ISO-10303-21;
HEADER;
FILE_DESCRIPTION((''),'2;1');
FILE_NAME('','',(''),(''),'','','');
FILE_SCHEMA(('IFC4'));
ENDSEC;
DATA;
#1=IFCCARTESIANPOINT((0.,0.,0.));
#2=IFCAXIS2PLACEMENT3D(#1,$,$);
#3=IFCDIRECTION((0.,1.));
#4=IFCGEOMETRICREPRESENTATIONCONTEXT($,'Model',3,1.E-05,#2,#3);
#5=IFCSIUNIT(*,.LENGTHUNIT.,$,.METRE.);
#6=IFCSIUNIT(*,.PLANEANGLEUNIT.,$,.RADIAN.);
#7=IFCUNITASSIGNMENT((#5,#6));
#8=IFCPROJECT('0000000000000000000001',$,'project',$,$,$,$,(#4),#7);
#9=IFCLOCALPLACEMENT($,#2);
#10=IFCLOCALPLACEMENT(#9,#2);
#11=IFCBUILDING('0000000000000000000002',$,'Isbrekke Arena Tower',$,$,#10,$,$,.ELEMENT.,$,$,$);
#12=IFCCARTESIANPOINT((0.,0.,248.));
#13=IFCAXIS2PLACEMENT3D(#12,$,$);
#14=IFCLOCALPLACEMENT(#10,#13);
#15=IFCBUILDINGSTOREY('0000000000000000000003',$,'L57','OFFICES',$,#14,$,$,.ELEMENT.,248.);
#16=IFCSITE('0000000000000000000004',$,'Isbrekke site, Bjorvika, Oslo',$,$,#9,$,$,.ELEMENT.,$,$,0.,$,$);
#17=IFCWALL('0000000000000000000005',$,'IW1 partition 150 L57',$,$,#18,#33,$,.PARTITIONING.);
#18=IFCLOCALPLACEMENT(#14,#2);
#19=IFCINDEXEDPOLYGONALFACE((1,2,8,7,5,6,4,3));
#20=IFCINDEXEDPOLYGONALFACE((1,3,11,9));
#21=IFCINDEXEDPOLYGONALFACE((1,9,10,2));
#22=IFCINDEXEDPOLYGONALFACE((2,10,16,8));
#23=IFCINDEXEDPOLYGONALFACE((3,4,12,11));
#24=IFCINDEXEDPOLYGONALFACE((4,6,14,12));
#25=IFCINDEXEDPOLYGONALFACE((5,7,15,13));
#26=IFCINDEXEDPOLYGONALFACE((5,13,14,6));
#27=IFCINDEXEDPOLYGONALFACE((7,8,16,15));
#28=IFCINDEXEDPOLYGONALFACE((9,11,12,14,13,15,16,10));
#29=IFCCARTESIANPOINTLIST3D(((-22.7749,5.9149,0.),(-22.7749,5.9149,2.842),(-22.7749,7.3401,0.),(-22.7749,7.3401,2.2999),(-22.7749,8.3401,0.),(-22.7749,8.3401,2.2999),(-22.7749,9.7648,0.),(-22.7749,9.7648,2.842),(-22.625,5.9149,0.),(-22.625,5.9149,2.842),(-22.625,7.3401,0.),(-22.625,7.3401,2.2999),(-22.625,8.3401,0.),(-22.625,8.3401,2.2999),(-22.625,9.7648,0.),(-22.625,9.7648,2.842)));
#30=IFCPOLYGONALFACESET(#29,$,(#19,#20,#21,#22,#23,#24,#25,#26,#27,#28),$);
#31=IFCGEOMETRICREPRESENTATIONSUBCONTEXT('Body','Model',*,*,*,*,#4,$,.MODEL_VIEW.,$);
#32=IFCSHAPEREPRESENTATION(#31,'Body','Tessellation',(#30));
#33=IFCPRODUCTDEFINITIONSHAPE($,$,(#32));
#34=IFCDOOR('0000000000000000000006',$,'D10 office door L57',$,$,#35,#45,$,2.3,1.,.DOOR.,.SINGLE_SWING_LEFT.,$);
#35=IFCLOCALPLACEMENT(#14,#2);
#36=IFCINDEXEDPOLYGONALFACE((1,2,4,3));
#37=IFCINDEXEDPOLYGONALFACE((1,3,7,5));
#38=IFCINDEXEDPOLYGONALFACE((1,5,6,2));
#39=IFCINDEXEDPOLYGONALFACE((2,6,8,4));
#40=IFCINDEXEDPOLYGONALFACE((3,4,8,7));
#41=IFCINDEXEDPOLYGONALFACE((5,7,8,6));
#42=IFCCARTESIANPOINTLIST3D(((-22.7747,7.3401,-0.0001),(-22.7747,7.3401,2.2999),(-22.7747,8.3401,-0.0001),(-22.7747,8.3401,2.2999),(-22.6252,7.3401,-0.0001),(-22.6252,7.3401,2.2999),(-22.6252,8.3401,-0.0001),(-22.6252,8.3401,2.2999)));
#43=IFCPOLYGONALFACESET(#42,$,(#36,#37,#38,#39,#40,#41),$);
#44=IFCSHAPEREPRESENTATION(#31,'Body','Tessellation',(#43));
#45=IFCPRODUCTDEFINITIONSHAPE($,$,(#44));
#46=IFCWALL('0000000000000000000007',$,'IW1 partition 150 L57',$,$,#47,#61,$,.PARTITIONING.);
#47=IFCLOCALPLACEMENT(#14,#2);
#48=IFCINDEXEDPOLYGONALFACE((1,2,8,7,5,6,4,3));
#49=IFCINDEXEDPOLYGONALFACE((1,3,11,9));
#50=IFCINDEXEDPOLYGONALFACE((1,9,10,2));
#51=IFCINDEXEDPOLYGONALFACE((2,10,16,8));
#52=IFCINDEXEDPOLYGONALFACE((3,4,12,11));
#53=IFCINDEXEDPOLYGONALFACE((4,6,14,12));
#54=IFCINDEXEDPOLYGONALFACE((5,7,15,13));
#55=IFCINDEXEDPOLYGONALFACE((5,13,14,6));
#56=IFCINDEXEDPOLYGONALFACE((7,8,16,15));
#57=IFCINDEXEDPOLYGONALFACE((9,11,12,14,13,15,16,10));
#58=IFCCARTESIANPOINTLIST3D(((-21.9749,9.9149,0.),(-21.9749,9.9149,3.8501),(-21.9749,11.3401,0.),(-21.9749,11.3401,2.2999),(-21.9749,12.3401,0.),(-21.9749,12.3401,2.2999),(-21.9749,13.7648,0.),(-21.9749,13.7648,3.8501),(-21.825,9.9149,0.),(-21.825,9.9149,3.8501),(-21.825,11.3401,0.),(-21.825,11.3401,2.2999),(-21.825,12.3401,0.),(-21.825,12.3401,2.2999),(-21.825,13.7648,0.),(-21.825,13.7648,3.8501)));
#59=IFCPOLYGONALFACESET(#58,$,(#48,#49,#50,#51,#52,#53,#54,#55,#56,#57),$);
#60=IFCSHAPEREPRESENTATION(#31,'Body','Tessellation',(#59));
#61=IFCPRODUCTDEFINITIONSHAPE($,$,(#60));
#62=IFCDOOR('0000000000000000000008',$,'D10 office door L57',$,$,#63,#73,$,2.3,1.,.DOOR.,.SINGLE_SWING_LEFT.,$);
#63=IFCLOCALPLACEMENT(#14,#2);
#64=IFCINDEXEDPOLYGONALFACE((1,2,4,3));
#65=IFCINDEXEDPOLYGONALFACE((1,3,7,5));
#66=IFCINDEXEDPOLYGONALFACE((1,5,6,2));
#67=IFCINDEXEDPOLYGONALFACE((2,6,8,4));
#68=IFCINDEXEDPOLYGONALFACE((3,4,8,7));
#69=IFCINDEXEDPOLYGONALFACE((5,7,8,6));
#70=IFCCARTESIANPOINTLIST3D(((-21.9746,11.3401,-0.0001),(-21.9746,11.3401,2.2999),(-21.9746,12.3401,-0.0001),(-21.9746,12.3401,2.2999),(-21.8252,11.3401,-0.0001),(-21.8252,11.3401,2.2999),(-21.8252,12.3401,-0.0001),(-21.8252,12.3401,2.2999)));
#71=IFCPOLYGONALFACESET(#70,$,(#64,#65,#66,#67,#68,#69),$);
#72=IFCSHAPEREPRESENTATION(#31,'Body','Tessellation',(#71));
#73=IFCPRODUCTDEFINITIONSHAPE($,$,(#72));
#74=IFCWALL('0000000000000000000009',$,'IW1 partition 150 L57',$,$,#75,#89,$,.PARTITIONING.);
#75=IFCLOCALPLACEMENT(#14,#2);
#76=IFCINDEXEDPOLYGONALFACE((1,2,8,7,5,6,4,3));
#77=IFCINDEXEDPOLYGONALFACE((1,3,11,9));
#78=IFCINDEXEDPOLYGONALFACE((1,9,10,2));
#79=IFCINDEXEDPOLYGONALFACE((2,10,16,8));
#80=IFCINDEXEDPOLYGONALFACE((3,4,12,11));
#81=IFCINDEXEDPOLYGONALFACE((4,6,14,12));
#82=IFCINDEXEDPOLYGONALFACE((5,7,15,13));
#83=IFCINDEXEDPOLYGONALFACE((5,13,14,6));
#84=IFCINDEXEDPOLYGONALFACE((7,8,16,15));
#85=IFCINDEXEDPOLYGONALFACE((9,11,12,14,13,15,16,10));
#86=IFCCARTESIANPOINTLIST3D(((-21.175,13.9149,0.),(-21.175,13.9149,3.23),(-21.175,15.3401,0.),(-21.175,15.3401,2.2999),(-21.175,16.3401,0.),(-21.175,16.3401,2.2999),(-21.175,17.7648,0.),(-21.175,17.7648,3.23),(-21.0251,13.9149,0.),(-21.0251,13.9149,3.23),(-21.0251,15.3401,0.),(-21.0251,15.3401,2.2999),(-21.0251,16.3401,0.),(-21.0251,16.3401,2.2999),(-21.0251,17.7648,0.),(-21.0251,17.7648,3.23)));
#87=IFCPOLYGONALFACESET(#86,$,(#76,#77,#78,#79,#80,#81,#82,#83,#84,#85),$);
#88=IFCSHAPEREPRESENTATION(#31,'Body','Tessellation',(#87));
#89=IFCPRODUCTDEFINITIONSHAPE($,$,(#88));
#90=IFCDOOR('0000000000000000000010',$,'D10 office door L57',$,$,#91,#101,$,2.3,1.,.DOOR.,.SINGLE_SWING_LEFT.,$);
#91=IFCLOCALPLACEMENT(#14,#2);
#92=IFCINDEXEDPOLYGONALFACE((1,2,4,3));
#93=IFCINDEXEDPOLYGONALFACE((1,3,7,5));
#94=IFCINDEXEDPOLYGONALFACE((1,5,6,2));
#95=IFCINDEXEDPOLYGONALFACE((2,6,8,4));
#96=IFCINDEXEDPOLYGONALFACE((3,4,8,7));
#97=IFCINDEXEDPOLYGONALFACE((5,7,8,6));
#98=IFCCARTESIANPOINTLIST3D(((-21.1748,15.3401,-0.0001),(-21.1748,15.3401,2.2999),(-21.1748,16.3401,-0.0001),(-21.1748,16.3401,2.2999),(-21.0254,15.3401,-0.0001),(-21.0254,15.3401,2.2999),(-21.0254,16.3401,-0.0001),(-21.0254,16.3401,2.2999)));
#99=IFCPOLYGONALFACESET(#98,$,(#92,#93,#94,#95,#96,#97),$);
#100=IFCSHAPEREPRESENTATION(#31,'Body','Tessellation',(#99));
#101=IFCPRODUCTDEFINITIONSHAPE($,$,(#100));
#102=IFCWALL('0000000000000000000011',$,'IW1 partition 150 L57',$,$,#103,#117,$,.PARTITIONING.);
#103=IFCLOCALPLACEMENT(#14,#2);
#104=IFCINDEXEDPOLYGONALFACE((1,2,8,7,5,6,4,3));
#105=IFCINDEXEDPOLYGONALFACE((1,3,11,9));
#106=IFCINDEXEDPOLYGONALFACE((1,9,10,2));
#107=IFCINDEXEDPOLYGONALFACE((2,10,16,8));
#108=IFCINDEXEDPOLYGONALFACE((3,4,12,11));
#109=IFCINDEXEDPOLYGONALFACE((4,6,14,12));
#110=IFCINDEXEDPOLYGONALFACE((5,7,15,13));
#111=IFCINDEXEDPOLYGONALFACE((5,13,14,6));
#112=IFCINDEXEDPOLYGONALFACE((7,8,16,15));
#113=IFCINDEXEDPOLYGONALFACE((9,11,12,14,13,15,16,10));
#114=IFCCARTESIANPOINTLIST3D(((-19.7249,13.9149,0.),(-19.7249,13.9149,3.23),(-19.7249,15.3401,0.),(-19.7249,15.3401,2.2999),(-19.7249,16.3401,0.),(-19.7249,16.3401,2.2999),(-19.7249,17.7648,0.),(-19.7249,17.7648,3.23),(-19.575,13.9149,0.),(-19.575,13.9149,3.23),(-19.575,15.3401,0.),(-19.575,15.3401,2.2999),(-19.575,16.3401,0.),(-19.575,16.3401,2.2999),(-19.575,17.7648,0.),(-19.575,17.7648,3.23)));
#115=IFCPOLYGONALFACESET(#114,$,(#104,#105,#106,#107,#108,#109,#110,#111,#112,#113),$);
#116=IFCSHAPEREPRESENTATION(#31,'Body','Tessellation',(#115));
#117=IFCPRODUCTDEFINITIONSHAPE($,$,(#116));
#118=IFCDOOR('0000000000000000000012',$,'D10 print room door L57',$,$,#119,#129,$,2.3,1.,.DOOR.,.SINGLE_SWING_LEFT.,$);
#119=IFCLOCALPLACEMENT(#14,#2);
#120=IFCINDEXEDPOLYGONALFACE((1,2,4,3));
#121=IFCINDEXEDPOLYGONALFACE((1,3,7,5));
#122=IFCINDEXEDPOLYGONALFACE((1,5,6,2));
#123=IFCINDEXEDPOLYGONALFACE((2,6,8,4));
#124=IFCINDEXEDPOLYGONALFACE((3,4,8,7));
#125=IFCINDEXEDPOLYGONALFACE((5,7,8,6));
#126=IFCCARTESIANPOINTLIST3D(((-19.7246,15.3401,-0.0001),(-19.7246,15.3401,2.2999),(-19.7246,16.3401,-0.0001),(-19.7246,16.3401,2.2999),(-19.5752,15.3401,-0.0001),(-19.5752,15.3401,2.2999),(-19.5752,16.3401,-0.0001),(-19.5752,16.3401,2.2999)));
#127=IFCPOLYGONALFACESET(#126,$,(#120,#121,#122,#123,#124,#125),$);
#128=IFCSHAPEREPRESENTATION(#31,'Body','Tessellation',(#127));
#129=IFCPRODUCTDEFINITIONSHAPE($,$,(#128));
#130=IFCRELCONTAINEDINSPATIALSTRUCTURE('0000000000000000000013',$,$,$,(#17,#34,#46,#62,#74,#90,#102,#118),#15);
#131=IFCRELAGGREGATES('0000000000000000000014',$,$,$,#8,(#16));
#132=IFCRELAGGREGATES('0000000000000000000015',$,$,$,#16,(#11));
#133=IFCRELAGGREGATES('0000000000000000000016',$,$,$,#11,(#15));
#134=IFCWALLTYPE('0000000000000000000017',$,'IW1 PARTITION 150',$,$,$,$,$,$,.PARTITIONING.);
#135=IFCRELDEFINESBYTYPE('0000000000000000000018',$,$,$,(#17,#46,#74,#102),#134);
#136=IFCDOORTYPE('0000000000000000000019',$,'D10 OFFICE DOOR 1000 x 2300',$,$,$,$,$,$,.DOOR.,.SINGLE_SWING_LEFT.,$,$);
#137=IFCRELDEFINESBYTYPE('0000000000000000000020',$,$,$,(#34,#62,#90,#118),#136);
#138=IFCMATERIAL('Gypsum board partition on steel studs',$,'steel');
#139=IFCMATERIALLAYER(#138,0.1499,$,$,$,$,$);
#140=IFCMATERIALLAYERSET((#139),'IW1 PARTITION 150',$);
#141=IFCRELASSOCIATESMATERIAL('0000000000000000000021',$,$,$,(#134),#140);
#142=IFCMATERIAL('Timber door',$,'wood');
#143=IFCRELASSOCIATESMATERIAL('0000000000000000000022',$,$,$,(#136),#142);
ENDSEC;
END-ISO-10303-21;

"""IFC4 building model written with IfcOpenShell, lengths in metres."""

from ifc_helpers import new_model, si_unit, direction, frame, frame_2d, origin, place, context, subcontext, project, spatial, rectangle, extrude, material, layer, layer_set, type_object, element, fill, save


model = new_model("IFC4")

# Units and contexts
model_context = context("Model", 3, precision=1e-05, world=origin(), true_north=direction((0.0, 1.0)))
body_context = subcontext(model_context, "Body", "Model", "MODEL_VIEW")
ifc_project = project(units=[si_unit("LENGTHUNIT", "METRE"), si_unit("PLANEANGLEUNIT", "RADIAN")], contexts=[model_context])

# Site, building, storey
site_placement = place(None, origin())
site = spatial("IfcSite", under=ifc_project, at=site_placement, Name="Isbrekke site, Bjorvika, Oslo", CompositionType="ELEMENT", RefElevation=0.0)
building_placement = place(site_placement, origin())
building = spatial("IfcBuilding", under=site, at=building_placement, Name="Isbrekke Arena Tower", CompositionType="ELEMENT")
storey_placement = place(building_placement, frame((0.0, 0.0, 248.0)))
storey = spatial("IfcBuildingStorey", under=building, at=storey_placement, Name="L57", Description="OFFICES", CompositionType="ELEMENT", Elevation=248.0)

# Shared definitions
ifc_material_1 = material(Name="Gypsum board partition on steel studs", Category="steel")
ifc_layer_1 = layer(ifc_material_1, 0.1499)
ifc_layer_set_1 = layer_set([ifc_layer_1], Name="IW1 PARTITION 150")
wall_type = type_object("IfcWallType", Name="IW1 PARTITION 150", PredefinedType="PARTITIONING", material=ifc_layer_set_1)

# Walls, openings, doors
wall_1_placement = place(storey_placement, frame((-22.7, 5.915, 0.0), z_axis=(0.0, 0.0, 1.0), x_axis=(0.0, 1.0, 0.0)))
wall_1 = element("IfcWall", 1, at=wall_1_placement, inside=storey, type_object=wall_type, Name="IW1 partition 150 L57", PredefinedType="PARTITIONING", context=body_context, shape_type="SweptSolid", body=[
    extrude(rectangle(XDim=3.8499, YDim=0.1499, at=frame_2d((1.9248, 0.0))), origin(), (0.0, 0.0, 1.0), 2.842),
])
opening_1_placement = place(wall_1_placement, frame((1.425, 0.0, 0.0)))
opening_1 = element("IfcOpeningElement", 2, at=opening_1_placement, cuts=wall_1, PredefinedType="OPENING", context=body_context, shape_type="SweptSolid", body=[
    extrude(rectangle(XDim=1.0, YDim=2.3, at=frame_2d((0.5, 1.1499))), frame((0.0, 0.0898, 0.0), z_axis=(0.0, -1.0, 0.0), x_axis=(1.0, 0.0, 0.0)), (0.0, 0.0, 1.0), 0.1797),
])
ifc_material_2 = material(Name="Timber door", Category="wood")
door_type = type_object("IfcDoorType", Name="D10 OFFICE DOOR 1000 x 2300", OperationType="SINGLE_SWING_LEFT", PredefinedType="DOOR", material=ifc_material_2)
door_1_placement = place(opening_1_placement, origin())
door_1 = element("IfcDoor", 3, at=door_1_placement, inside=storey, type_object=door_type, Name="D10 office door L57", OperationType="SINGLE_SWING_LEFT", OverallHeight=2.3, OverallWidth=1.0, PredefinedType="DOOR", context=body_context, shape_type="SweptSolid", body=[
    extrude(rectangle(XDim=1.0, YDim=2.3, at=frame_2d((0.5, 1.1499))), frame((0.0, 0.0747, 0.0), z_axis=(0.0, -1.0, 0.0), x_axis=(1.0, 0.0, 0.0)), (0.0, 0.0, 1.0), 0.1494),
])
fill(opening_1, door_1)
wall_2_placement = place(storey_placement, frame((-21.8999, 9.915, 0.0), z_axis=(0.0, 0.0, 1.0), x_axis=(0.0, 1.0, 0.0)))
wall_2 = element("IfcWall", 4, at=wall_2_placement, inside=storey, type_object=wall_type, Name="IW1 partition 150 L57", PredefinedType="PARTITIONING", context=body_context, shape_type="SweptSolid", body=[
    extrude(rectangle(XDim=3.8499, YDim=0.1499, at=frame_2d((1.9248, 0.0))), origin(), (0.0, 0.0, 1.0), 3.8501),
])
opening_2_placement = place(wall_2_placement, frame((1.425, 0.0, 0.0)))
opening_2 = element("IfcOpeningElement", 5, at=opening_2_placement, cuts=wall_2, PredefinedType="OPENING", context=body_context, shape_type="SweptSolid", body=[
    extrude(rectangle(XDim=1.0, YDim=2.3, at=frame_2d((0.5, 1.1499))), frame((0.0, 0.0898, 0.0), z_axis=(0.0, -1.0, 0.0), x_axis=(1.0, 0.0, 0.0)), (0.0, 0.0, 1.0), 0.1797),
])
door_2_placement = place(opening_2_placement, origin())
door_2 = element("IfcDoor", 6, at=door_2_placement, inside=storey, type_object=door_type, Name="D10 office door L57", OperationType="SINGLE_SWING_LEFT", OverallHeight=2.3, OverallWidth=1.0, PredefinedType="DOOR", context=body_context, shape_type="SweptSolid", body=[
    extrude(rectangle(XDim=1.0, YDim=2.3, at=frame_2d((0.5, 1.1499))), frame((0.0, 0.0747, 0.0), z_axis=(0.0, -1.0, 0.0), x_axis=(1.0, 0.0, 0.0)), (0.0, 0.0, 1.0), 0.1494),
])
fill(opening_2, door_2)
wall_3_placement = place(storey_placement, frame((-21.1001, 13.915, 0.0), z_axis=(0.0, 0.0, 1.0), x_axis=(0.0, 1.0, 0.0)))
wall_3 = element("IfcWall", 7, at=wall_3_placement, inside=storey, type_object=wall_type, Name="IW1 partition 150 L57", PredefinedType="PARTITIONING", context=body_context, shape_type="SweptSolid", body=[
    extrude(rectangle(XDim=3.8499, YDim=0.1499, at=frame_2d((1.9248, 0.0))), origin(), (0.0, 0.0, 1.0), 3.23),
])
opening_3_placement = place(wall_3_placement, frame((1.425, 0.0, 0.0)))
opening_3 = element("IfcOpeningElement", 8, at=opening_3_placement, cuts=wall_3, PredefinedType="OPENING", context=body_context, shape_type="SweptSolid", body=[
    extrude(rectangle(XDim=1.0, YDim=2.3, at=frame_2d((0.5, 1.1499))), frame((0.0, 0.0898, 0.0), z_axis=(0.0, -1.0, 0.0), x_axis=(1.0, 0.0, 0.0)), (0.0, 0.0, 1.0), 0.1797),
])
door_3_placement = place(opening_3_placement, origin())
door_3 = element("IfcDoor", 9, at=door_3_placement, inside=storey, type_object=door_type, Name="D10 office door L57", OperationType="SINGLE_SWING_LEFT", OverallHeight=2.3, OverallWidth=1.0, PredefinedType="DOOR", context=body_context, shape_type="SweptSolid", body=[
    extrude(rectangle(XDim=1.0, YDim=2.3, at=frame_2d((0.5, 1.1499))), frame((0.0, 0.0747, 0.0), z_axis=(0.0, -1.0, 0.0), x_axis=(1.0, 0.0, 0.0)), (0.0, 0.0, 1.0), 0.1494),
])
fill(opening_3, door_3)
wall_4_placement = place(storey_placement, frame((-19.6499, 13.915, 0.0), z_axis=(0.0, 0.0, 1.0), x_axis=(0.0, 1.0, 0.0)))
wall_4 = element("IfcWall", 10, at=wall_4_placement, inside=storey, type_object=wall_type, Name="IW1 partition 150 L57", PredefinedType="PARTITIONING", context=body_context, shape_type="SweptSolid", body=[
    extrude(rectangle(XDim=3.8499, YDim=0.1499, at=frame_2d((1.9248, 0.0))), origin(), (0.0, 0.0, 1.0), 3.23),
])
opening_4_placement = place(wall_4_placement, frame((1.425, 0.0, 0.0)))
opening_4 = element("IfcOpeningElement", 11, at=opening_4_placement, cuts=wall_4, PredefinedType="OPENING", context=body_context, shape_type="SweptSolid", body=[
    extrude(rectangle(XDim=1.0, YDim=2.3, at=frame_2d((0.5, 1.1499))), frame((0.0, 0.0898, 0.0), z_axis=(0.0, -1.0, 0.0), x_axis=(1.0, 0.0, 0.0)), (0.0, 0.0, 1.0), 0.1797),
])
door_4_placement = place(opening_4_placement, origin())
door_4 = element("IfcDoor", 12, at=door_4_placement, inside=storey, type_object=door_type, Name="D10 print room door L57", OperationType="SINGLE_SWING_LEFT", OverallHeight=2.3, OverallWidth=1.0, PredefinedType="DOOR", context=body_context, shape_type="SweptSolid", body=[
    extrude(rectangle(XDim=1.0, YDim=2.3, at=frame_2d((0.5, 1.1499))), frame((0.0, 0.0747, 0.0), z_axis=(0.0, -1.0, 0.0), x_axis=(1.0, 0.0, 0.0)), (0.0, 0.0, 1.0), 0.1494),
])
fill(opening_4, door_4)

save(model, "model.ifc")
